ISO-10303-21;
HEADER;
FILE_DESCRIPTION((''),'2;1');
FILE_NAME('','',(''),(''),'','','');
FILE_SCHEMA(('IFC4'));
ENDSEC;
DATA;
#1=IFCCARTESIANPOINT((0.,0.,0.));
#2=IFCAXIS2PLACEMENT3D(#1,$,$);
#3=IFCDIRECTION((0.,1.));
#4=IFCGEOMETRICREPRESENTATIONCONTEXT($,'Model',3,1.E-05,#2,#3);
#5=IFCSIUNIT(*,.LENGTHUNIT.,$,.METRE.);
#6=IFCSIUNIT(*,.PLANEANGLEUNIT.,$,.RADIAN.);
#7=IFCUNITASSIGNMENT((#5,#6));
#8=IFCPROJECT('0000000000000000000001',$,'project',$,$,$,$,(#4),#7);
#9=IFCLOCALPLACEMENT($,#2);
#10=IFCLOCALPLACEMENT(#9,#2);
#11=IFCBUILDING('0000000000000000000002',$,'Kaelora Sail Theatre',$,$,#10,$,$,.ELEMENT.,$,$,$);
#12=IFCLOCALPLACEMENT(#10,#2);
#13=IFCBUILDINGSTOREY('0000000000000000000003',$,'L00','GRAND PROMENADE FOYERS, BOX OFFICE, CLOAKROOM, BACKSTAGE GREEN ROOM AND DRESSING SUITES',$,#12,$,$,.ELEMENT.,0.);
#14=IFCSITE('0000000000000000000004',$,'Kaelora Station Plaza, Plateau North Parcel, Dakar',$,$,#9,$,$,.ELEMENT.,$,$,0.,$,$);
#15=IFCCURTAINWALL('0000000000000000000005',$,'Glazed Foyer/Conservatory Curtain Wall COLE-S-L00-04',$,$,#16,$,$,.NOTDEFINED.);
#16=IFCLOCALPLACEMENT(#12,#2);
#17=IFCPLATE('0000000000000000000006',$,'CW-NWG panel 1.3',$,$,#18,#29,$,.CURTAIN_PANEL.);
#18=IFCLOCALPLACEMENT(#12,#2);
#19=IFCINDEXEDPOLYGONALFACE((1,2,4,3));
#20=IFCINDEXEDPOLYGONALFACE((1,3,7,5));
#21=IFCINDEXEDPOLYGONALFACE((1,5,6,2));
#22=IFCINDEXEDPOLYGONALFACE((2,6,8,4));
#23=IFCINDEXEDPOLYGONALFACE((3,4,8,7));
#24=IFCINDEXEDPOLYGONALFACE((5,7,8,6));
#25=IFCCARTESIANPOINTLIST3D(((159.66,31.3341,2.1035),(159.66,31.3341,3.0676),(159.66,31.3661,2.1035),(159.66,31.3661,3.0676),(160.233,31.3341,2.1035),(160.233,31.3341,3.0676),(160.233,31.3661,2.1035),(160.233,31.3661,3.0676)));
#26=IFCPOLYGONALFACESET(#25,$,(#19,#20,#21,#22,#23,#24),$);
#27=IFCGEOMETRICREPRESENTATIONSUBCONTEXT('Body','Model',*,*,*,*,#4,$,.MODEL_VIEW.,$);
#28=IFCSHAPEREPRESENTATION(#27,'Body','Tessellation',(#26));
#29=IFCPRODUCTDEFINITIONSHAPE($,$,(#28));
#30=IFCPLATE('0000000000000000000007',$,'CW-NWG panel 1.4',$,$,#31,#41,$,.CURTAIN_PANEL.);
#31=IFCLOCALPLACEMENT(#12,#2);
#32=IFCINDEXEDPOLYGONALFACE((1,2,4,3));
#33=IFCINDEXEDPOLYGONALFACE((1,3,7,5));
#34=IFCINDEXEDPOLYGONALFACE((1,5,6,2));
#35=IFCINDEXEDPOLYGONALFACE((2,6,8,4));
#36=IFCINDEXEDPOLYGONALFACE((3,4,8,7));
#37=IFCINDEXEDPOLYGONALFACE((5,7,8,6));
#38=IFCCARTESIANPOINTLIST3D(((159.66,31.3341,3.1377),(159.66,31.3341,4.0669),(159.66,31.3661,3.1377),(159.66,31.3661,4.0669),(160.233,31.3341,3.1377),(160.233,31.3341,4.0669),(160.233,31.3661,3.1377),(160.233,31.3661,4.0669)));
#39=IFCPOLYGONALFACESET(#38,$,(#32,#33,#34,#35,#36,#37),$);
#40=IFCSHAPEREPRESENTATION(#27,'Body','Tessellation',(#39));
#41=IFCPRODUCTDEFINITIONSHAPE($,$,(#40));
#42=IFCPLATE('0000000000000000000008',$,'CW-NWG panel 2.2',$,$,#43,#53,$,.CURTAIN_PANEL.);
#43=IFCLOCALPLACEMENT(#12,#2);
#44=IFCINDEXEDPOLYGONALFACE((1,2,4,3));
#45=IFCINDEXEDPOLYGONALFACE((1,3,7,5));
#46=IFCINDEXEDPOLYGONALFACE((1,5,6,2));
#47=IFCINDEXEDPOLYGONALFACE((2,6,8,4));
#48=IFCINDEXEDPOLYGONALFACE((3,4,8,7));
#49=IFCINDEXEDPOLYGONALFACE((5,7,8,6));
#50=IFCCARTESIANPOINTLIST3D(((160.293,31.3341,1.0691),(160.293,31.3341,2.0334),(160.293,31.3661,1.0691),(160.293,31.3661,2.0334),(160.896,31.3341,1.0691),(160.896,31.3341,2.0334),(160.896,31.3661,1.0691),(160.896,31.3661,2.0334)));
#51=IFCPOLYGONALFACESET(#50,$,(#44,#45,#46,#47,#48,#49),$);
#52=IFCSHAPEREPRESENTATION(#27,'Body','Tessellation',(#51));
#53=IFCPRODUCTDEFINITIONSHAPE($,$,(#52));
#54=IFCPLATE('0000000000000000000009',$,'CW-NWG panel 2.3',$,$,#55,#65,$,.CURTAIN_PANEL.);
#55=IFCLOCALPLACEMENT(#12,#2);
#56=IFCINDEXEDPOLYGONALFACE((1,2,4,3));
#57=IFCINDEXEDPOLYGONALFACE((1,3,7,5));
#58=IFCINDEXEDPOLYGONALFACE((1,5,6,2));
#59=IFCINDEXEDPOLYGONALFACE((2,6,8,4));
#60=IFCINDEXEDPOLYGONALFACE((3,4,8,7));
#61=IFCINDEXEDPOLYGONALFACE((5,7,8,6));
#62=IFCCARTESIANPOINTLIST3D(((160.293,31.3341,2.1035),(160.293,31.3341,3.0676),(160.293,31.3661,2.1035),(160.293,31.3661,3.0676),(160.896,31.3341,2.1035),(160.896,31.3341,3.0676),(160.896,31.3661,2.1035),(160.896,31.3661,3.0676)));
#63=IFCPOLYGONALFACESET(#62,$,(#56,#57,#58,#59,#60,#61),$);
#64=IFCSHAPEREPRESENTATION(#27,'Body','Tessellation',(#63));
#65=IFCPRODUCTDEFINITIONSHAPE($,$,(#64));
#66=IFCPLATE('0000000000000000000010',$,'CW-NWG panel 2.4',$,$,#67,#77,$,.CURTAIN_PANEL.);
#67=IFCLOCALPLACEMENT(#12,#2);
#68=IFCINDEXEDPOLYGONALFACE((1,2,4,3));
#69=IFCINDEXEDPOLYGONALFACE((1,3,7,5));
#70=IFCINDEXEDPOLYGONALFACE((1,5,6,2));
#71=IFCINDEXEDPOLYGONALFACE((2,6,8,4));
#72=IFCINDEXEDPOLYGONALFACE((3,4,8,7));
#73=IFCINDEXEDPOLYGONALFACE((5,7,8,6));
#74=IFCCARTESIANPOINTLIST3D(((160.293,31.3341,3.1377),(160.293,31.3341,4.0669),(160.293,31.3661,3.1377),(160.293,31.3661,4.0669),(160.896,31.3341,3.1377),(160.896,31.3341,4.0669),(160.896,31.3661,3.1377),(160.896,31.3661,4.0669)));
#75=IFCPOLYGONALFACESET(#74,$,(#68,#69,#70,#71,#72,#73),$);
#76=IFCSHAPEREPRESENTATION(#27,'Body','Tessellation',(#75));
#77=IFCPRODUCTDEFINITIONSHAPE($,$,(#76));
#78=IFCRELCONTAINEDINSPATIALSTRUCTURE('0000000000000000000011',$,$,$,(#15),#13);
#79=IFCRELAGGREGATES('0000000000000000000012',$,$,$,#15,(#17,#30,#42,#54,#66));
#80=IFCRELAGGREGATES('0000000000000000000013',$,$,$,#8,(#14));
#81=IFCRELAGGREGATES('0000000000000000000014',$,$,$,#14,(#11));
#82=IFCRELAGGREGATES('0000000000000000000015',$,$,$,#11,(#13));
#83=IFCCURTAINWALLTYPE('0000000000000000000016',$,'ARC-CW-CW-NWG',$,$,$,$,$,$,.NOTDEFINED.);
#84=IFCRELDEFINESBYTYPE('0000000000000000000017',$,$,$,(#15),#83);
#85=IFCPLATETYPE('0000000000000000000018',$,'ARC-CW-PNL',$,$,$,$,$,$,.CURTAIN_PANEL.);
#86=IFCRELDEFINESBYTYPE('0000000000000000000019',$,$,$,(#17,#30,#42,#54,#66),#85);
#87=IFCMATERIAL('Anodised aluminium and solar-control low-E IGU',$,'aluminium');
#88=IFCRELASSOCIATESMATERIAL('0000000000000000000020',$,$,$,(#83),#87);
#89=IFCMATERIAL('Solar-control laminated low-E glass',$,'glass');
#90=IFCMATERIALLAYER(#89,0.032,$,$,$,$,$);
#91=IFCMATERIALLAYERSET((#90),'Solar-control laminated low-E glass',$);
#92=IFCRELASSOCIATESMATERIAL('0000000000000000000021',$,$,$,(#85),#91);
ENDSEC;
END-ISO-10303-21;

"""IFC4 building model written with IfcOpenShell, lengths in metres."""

from ifc_helpers import new_model, si_unit, direction, frame, origin, origin_2d, place, context, subcontext, project, spatial, rectangle, extrude, material, layer, layer_set, type_object, element, aggregate, save


model = new_model("IFC4")

# Units and contexts
model_context = context("Model", 3, precision=1e-05, world=origin(), true_north=direction((0.0, 1.0)))
body_context = subcontext(model_context, "Body", "Model", "MODEL_VIEW")
ifc_project = project(units=[si_unit("LENGTHUNIT", "METRE"), si_unit("PLANEANGLEUNIT", "RADIAN")], contexts=[model_context])

# Site, building, storey
site_placement = place(None, origin())
site = spatial("IfcSite", under=ifc_project, at=site_placement, Name="Kaelora Station Plaza, Plateau North Parcel, Dakar", CompositionType="ELEMENT", RefElevation=0.0)
building_placement = place(site_placement, origin())
building = spatial("IfcBuilding", under=site, at=building_placement, Name="Kaelora Sail Theatre", CompositionType="ELEMENT")
storey_placement = place(building_placement, origin())
storey = spatial("IfcBuildingStorey", under=building, at=storey_placement, Name="L00", Description="GRAND PROMENADE FOYERS, BOX OFFICE, CLOAKROOM, BACKSTAGE GREEN ROOM AND DRESSING SUITES", CompositionType="ELEMENT", Elevation=0.0)

# Curtain wall
ifc_material_1 = material(Name="Anodised aluminium and solar-control low-E IGU", Category="aluminium")
curtain_wall_type = type_object("IfcCurtainWallType", Name="ARC-CW-CW-NWG", PredefinedType="NOTDEFINED", material=ifc_material_1)
curtain_wall_1_placement = place(storey_placement, origin())
curtain_wall_1 = element("IfcCurtainWall", 1, at=curtain_wall_1_placement, inside=storey, type_object=curtain_wall_type, Name="Glazed Foyer/Conservatory Curtain Wall COLE-S-L00-04", PredefinedType="NOTDEFINED")

# Plates
ifc_material_2 = material(Name="Solar-control laminated low-E glass", Category="glass")
ifc_layer = layer(ifc_material_2, 0.032)
ifc_layer_set = layer_set([ifc_layer], Name="Solar-control laminated low-E glass")
plate_type = type_object("IfcPlateType", Name="ARC-CW-PNL", PredefinedType="CURTAIN_PANEL", material=ifc_layer_set)
plate_1_placement = place(storey_placement, frame((159.9465, 31.3501, 2.1035), z_axis=(0.0, 0.0, 1.0), x_axis=(1.0, 0.0, 0.0)))
plate_1 = element("IfcPlate", 2, at=plate_1_placement, type_object=plate_type, Name="CW-NWG panel 1.3", PredefinedType="CURTAIN_PANEL", context=body_context, shape_type="SweptSolid", body=[
    extrude(rectangle(XDim=0.573, YDim=0.032, at=origin_2d()), origin(), (0.0, 0.0, 1.0), 0.9641),
])
plate_2_placement = place(storey_placement, frame((159.9465, 31.3501, 3.1377), z_axis=(0.0, 0.0, 1.0), x_axis=(1.0, 0.0, 0.0)))
plate_2 = element("IfcPlate", 3, at=plate_2_placement, type_object=plate_type, Name="CW-NWG panel 1.4", PredefinedType="CURTAIN_PANEL", context=body_context, shape_type="SweptSolid", body=[
    extrude(rectangle(XDim=0.573, YDim=0.032, at=origin_2d()), origin(), (0.0, 0.0, 1.0), 0.9292),
])
plate_3_placement = place(storey_placement, frame((160.5945, 31.3501, 1.0691), z_axis=(0.0, 0.0, 1.0), x_axis=(1.0, 0.0, 0.0)))
plate_3 = element("IfcPlate", 4, at=plate_3_placement, type_object=plate_type, Name="CW-NWG panel 2.2", PredefinedType="CURTAIN_PANEL", context=body_context, shape_type="SweptSolid", body=[
    extrude(rectangle(XDim=0.603, YDim=0.032, at=origin_2d()), origin(), (0.0, 0.0, 1.0), 0.9644),
])
plate_4_placement = place(storey_placement, frame((160.5945, 31.3501, 2.1035), z_axis=(0.0, 0.0, 1.0), x_axis=(1.0, 0.0, 0.0)))
plate_4 = element("IfcPlate", 5, at=plate_4_placement, type_object=plate_type, Name="CW-NWG panel 2.3", PredefinedType="CURTAIN_PANEL", context=body_context, shape_type="SweptSolid", body=[
    extrude(rectangle(XDim=0.603, YDim=0.032, at=origin_2d()), origin(), (0.0, 0.0, 1.0), 0.9641),
])
plate_5_placement = place(storey_placement, frame((160.5945, 31.3501, 3.1377), z_axis=(0.0, 0.0, 1.0), x_axis=(1.0, 0.0, 0.0)))
plate_5 = element("IfcPlate", 6, at=plate_5_placement, type_object=plate_type, Name="CW-NWG panel 2.4", PredefinedType="CURTAIN_PANEL", context=body_context, shape_type="SweptSolid", body=[
    extrude(rectangle(XDim=0.603, YDim=0.032, at=origin_2d()), origin(), (0.0, 0.0, 1.0), 0.9292),
])
aggregate(curtain_wall_1, [plate_1, plate_2, plate_3, plate_4, plate_5])

save(model, "model.ifc")
